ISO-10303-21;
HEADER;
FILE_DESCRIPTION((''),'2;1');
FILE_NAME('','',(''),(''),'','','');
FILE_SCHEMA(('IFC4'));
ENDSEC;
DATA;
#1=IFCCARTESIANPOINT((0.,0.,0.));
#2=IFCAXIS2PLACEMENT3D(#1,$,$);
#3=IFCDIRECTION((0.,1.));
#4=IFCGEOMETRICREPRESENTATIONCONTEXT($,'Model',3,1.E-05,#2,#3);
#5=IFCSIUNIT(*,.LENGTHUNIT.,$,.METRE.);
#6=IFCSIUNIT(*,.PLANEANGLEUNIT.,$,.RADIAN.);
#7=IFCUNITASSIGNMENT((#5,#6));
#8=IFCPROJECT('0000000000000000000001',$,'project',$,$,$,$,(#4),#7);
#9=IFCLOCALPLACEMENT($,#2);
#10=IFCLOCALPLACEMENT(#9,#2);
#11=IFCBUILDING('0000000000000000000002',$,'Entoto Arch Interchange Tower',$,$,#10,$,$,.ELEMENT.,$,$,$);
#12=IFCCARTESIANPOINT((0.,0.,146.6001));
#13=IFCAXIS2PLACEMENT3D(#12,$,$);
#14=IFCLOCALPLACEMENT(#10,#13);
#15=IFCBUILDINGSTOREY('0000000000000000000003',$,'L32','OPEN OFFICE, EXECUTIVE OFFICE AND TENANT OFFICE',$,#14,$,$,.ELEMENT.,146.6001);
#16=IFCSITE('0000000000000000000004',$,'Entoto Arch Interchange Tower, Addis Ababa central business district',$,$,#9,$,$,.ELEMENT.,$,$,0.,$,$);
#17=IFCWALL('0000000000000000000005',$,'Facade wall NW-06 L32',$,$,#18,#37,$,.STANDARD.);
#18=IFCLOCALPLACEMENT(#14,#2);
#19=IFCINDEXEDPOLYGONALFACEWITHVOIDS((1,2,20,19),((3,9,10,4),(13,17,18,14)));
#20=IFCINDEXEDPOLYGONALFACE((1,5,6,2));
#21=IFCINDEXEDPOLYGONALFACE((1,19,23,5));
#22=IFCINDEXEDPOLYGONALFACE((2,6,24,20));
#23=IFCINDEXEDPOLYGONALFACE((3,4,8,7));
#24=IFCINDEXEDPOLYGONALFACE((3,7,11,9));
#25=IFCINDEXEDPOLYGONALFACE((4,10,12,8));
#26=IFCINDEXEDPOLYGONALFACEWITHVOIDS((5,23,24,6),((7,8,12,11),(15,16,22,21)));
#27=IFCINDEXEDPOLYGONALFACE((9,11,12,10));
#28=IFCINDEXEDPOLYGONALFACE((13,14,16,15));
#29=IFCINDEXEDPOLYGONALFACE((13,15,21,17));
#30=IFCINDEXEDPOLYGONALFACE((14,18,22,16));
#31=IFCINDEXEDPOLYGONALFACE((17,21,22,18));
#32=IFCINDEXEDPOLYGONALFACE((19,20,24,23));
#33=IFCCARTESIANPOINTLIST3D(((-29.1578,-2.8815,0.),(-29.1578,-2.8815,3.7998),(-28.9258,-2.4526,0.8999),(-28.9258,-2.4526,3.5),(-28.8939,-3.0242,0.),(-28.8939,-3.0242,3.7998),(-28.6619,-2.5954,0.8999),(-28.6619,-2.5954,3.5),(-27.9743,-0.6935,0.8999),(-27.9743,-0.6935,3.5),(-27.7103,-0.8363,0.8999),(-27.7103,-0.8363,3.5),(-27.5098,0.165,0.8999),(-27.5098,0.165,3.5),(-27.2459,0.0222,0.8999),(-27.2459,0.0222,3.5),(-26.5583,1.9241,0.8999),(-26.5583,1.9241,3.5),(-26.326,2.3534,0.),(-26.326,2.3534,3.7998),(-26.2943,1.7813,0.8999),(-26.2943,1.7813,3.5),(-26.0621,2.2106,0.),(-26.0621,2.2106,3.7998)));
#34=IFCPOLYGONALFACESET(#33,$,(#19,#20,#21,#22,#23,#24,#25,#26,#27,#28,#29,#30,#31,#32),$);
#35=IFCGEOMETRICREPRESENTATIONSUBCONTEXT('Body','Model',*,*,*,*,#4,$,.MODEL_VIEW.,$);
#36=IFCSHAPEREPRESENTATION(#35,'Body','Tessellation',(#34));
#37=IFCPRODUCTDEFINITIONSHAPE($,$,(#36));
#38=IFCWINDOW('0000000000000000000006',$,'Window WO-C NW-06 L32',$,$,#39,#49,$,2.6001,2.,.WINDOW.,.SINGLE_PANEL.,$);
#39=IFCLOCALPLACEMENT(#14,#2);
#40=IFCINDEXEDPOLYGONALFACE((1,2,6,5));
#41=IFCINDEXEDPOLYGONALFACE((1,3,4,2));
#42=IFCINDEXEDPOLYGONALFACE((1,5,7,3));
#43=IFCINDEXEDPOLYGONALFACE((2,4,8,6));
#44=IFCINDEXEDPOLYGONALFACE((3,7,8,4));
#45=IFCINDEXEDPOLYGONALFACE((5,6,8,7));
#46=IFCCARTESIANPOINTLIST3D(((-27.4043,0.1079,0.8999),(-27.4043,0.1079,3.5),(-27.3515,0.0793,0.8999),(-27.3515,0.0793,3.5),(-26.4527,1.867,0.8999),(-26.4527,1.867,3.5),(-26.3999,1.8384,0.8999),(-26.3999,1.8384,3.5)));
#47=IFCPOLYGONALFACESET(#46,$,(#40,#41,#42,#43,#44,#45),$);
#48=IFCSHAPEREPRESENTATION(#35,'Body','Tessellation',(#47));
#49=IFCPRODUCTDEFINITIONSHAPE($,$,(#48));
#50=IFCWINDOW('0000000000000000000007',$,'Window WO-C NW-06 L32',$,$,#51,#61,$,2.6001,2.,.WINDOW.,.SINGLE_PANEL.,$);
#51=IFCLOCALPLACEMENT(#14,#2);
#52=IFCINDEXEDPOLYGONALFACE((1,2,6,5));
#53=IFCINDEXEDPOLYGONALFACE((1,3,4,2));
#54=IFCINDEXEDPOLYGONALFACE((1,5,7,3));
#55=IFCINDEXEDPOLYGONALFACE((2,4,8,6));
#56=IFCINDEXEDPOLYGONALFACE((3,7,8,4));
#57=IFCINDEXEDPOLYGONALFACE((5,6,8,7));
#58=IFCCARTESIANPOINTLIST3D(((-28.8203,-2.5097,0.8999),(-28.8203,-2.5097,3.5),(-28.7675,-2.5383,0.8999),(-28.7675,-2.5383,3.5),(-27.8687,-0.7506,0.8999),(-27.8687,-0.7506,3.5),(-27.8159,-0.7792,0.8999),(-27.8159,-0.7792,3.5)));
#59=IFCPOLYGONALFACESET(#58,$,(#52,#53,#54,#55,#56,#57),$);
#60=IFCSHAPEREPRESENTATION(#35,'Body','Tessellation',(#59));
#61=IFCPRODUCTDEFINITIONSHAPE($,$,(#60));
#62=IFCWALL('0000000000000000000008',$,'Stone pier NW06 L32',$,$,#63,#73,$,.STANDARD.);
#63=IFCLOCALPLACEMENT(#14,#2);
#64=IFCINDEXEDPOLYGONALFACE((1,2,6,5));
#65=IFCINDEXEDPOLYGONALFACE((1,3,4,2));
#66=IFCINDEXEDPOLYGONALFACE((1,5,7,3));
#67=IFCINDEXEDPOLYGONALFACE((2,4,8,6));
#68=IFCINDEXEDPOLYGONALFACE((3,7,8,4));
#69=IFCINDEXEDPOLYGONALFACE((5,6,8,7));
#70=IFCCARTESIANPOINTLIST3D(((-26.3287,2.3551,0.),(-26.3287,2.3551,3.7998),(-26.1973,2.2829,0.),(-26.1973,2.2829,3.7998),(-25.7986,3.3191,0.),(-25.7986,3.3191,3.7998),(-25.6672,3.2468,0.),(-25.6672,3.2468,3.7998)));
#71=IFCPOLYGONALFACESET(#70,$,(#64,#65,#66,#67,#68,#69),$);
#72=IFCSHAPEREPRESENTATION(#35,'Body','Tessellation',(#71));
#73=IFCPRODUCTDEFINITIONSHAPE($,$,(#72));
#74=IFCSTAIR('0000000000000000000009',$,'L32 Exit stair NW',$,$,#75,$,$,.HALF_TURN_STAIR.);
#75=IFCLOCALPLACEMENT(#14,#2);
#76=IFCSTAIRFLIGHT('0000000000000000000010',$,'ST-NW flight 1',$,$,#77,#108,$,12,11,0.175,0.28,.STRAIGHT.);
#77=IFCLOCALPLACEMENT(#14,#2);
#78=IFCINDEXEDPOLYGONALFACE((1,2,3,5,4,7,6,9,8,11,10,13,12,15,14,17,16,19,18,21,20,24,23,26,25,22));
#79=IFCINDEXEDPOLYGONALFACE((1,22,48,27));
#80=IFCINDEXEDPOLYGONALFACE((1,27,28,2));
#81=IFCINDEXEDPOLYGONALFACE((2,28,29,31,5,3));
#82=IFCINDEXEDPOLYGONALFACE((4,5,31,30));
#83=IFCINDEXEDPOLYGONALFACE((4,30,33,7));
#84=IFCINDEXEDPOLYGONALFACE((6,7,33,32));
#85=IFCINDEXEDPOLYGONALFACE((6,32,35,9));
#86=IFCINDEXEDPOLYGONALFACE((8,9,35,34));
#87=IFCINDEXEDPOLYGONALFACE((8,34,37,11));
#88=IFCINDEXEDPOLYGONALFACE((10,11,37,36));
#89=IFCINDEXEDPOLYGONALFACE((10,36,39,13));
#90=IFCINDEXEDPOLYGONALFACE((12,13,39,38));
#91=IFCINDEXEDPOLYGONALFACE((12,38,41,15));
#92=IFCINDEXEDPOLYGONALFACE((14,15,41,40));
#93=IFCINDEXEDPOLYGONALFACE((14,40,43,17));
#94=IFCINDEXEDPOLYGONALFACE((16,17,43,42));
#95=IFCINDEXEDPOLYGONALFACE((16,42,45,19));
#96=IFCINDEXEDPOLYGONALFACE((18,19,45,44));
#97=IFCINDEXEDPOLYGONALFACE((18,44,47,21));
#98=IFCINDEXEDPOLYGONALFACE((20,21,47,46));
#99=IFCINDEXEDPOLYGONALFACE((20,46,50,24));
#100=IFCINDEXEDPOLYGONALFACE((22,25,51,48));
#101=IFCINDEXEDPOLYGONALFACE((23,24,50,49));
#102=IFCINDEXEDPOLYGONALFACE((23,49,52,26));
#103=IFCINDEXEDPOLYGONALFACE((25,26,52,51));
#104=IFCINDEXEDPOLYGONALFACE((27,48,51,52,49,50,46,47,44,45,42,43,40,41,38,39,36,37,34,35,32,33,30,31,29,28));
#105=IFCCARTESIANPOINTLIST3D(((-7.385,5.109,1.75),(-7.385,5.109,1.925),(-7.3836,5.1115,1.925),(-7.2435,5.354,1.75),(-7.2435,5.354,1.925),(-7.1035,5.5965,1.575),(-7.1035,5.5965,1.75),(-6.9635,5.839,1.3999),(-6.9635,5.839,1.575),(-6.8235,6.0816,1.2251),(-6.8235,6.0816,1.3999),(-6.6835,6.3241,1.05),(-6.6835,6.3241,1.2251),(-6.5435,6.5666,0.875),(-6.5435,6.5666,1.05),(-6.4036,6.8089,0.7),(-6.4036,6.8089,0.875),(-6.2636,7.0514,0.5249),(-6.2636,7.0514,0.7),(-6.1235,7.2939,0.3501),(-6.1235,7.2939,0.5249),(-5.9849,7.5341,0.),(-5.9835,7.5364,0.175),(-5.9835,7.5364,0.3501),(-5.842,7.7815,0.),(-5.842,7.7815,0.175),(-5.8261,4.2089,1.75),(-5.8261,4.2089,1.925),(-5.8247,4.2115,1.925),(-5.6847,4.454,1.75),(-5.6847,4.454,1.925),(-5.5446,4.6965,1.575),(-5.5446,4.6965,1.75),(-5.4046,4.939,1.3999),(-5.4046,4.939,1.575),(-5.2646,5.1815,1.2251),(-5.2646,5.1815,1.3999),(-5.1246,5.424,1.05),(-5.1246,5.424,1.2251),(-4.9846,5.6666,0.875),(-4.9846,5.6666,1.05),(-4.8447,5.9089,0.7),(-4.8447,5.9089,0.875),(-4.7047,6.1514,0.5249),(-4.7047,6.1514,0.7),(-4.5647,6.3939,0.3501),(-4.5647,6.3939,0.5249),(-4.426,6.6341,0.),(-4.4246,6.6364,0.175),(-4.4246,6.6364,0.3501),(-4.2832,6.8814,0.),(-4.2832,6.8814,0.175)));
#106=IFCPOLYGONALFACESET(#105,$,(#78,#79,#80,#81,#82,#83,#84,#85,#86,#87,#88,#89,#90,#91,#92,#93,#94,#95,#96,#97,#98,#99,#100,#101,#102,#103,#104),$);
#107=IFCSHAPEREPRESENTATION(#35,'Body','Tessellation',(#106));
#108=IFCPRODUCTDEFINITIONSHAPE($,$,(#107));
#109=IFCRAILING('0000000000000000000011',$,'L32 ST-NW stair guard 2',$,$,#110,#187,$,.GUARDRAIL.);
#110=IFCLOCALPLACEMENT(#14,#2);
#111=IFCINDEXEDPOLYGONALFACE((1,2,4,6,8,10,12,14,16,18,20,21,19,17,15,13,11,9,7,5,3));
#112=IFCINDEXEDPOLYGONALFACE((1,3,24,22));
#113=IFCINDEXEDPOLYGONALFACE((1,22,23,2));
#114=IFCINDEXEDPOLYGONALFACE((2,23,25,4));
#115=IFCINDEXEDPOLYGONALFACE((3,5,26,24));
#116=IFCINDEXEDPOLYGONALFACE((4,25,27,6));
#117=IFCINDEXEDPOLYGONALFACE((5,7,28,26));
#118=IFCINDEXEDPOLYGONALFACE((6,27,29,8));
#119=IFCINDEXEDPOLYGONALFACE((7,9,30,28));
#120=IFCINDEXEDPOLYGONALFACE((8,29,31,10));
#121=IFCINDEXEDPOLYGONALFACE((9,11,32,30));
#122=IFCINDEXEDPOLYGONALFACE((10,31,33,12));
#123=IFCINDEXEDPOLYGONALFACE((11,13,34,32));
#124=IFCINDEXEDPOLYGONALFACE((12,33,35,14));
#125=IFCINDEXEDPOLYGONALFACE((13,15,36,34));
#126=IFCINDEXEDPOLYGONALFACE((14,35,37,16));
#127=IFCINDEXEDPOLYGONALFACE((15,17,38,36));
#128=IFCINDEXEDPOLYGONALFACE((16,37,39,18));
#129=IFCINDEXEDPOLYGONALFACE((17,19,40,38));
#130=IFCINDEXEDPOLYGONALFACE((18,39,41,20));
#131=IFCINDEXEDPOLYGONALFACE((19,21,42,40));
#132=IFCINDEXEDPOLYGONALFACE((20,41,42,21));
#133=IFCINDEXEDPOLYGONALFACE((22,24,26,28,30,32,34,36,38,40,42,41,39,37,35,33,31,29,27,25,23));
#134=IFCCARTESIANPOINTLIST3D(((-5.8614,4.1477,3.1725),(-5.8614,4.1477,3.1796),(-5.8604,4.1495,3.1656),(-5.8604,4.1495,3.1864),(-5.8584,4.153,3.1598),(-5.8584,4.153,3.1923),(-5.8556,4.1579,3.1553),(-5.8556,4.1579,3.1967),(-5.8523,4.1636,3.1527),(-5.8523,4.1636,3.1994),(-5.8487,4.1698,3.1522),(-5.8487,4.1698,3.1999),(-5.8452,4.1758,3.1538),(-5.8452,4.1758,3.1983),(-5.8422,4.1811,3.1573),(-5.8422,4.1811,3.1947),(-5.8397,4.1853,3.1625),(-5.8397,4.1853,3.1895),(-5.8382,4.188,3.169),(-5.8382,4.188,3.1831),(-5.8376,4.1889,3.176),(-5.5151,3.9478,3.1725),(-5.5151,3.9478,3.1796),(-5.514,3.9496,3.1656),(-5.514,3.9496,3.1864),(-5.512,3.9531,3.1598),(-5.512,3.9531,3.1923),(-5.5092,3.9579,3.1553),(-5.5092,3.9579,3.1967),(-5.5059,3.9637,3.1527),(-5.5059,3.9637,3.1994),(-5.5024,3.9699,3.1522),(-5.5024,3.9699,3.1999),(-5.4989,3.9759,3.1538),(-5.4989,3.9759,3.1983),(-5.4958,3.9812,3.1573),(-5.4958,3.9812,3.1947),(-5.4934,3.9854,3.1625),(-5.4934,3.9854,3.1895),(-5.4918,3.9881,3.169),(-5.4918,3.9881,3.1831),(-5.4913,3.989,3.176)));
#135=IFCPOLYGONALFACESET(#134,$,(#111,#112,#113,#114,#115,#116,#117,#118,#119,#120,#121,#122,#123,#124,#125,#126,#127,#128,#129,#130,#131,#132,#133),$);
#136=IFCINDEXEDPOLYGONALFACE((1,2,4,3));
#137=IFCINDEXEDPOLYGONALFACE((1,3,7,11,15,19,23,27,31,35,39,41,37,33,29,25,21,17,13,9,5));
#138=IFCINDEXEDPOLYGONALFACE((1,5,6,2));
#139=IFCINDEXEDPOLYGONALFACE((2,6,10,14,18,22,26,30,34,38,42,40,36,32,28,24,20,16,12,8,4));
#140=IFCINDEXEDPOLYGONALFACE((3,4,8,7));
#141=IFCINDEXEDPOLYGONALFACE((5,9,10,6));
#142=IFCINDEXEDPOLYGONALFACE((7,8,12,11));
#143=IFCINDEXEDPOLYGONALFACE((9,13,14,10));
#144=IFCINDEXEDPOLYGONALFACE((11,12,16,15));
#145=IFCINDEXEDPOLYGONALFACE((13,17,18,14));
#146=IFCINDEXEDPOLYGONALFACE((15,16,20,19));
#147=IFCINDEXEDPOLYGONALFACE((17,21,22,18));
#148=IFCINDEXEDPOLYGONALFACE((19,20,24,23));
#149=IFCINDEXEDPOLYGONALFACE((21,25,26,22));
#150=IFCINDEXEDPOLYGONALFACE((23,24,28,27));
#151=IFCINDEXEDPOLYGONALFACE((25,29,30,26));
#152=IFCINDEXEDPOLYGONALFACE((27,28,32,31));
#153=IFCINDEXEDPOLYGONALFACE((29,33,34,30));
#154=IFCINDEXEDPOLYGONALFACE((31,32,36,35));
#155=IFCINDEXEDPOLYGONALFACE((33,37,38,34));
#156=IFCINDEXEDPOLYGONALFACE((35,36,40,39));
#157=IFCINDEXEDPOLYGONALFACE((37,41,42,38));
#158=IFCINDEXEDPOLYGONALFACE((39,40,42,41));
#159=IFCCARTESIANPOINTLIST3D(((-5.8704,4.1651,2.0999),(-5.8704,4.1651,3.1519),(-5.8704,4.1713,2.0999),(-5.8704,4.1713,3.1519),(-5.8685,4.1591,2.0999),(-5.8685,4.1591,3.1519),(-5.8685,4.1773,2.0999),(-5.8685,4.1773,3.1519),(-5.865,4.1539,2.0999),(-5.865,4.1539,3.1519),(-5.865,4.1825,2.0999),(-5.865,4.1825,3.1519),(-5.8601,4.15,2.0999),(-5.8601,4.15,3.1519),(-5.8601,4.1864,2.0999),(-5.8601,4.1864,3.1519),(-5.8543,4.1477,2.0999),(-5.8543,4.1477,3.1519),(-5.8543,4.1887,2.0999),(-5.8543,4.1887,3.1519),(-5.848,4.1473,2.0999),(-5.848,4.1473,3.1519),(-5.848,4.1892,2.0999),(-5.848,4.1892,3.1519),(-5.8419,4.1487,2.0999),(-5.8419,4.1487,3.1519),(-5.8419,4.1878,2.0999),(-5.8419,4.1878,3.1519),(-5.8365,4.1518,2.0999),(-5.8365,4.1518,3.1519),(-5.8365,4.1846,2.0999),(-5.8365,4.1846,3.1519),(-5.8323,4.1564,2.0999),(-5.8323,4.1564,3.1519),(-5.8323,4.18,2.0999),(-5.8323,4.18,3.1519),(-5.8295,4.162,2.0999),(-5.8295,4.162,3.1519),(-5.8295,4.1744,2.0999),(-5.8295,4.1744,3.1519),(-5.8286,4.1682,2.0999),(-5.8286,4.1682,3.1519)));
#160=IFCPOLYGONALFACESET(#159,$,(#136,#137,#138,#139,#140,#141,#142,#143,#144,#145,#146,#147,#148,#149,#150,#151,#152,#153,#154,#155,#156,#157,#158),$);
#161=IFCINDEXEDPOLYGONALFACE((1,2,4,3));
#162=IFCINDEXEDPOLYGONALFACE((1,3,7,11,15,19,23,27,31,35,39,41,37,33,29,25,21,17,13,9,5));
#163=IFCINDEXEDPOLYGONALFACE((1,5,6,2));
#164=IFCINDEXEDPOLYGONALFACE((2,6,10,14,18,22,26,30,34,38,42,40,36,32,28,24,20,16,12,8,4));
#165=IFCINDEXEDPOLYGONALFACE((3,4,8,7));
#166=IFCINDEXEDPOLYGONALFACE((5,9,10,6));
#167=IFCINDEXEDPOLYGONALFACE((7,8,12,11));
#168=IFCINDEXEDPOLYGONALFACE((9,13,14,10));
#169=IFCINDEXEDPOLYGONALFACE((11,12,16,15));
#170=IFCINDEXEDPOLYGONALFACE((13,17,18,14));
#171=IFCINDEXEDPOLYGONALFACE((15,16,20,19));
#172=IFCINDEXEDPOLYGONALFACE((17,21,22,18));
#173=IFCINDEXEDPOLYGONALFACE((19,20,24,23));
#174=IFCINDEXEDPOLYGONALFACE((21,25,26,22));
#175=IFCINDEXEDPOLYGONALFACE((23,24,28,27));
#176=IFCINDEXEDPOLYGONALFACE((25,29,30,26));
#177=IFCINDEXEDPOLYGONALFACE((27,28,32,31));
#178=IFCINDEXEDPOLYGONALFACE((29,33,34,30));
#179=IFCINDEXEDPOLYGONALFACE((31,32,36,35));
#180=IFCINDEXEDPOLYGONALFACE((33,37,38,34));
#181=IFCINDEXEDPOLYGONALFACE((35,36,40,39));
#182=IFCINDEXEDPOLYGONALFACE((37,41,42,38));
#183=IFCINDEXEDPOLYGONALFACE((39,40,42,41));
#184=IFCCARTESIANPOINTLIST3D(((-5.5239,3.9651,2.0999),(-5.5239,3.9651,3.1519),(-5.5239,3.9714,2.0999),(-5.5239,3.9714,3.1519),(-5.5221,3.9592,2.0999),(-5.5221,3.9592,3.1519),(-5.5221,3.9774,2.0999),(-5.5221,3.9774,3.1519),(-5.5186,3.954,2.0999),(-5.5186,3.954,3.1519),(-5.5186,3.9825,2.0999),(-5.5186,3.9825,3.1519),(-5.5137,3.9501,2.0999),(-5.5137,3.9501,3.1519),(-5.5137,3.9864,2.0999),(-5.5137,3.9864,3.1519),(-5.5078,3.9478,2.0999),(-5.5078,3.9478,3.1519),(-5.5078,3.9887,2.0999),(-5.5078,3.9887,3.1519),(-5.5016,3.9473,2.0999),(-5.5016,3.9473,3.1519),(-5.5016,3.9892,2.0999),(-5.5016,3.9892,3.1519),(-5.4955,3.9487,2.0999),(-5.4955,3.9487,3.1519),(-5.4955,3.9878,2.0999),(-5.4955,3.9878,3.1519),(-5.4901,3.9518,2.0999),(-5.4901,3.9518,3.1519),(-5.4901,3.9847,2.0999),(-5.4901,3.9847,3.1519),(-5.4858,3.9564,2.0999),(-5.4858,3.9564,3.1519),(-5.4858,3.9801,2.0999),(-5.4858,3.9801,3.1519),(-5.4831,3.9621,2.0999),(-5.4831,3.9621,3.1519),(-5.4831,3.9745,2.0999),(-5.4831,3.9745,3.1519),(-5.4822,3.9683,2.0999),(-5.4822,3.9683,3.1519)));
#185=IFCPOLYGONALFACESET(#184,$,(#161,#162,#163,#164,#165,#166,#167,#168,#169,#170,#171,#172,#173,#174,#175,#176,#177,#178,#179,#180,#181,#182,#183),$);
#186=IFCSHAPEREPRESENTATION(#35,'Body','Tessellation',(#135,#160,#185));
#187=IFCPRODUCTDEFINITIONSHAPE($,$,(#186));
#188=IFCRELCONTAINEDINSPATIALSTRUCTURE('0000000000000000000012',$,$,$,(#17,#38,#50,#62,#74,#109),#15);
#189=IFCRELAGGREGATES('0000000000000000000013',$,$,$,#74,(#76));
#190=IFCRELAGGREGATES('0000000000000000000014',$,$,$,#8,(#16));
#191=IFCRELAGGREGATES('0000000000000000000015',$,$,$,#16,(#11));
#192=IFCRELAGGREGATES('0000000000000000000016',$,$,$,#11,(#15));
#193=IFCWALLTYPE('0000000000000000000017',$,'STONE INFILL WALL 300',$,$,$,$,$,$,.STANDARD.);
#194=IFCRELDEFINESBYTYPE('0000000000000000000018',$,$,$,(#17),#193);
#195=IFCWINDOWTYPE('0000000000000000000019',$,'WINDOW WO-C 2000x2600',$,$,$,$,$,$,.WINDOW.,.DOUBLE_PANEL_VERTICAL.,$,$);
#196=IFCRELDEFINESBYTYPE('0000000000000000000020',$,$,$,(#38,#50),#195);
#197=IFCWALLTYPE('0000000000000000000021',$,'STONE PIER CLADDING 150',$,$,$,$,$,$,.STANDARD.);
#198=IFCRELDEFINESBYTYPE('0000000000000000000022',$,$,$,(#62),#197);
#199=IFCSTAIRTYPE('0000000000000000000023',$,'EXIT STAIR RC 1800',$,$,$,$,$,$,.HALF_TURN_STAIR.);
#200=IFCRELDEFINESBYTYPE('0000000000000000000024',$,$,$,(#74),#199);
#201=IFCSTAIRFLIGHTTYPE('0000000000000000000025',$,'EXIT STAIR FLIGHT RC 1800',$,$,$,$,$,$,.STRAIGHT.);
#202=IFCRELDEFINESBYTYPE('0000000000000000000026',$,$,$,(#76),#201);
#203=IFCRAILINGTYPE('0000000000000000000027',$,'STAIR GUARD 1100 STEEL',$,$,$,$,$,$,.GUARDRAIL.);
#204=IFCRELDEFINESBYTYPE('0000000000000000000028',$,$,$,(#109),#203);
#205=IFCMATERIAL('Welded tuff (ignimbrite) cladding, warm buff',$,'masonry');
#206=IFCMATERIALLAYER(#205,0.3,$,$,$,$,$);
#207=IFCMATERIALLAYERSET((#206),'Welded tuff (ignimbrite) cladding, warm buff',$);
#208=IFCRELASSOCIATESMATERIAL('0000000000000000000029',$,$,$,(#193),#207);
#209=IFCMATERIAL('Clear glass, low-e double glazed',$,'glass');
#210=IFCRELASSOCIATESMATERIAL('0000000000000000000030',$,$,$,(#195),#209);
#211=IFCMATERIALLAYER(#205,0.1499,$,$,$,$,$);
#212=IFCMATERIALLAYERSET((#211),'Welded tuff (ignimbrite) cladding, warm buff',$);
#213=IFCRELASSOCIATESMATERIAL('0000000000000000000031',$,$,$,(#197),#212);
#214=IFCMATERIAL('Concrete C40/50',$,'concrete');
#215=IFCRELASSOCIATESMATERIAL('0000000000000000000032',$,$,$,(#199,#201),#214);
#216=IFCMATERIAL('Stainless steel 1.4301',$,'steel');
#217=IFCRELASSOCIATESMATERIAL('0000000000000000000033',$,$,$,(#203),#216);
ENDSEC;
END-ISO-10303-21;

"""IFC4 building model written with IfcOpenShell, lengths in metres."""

from ifc_helpers import new_model, si_unit, direction, frame, frame_2d, origin, origin_2d, place, context, subcontext, project, spatial, polyline, rectangle, circle, outline, extrude, material, layer, layer_set, type_object, element, fill, aggregate, save


model = new_model("IFC4")

# Units and contexts
model_context = context("Model", 3, precision=1e-05, world=origin(), true_north=direction((0.0, 1.0)))
body_context = subcontext(model_context, "Body", "Model", "MODEL_VIEW")
ifc_project = project(units=[si_unit("LENGTHUNIT", "METRE"), si_unit("PLANEANGLEUNIT", "RADIAN")], contexts=[model_context])

# Site, building, storey
site_placement = place(None, origin())
site = spatial("IfcSite", under=ifc_project, at=site_placement, Name="Entoto Arch Interchange Tower, Addis Ababa central business district", CompositionType="ELEMENT", RefElevation=0.0)
building_placement = place(site_placement, origin())
building = spatial("IfcBuilding", under=site, at=building_placement, Name="Entoto Arch Interchange Tower", CompositionType="ELEMENT")
storey_placement = place(building_placement, frame((0.0, 0.0, 146.6001)))
storey = spatial("IfcBuildingStorey", under=building, at=storey_placement, Name="L32", Description="OPEN OFFICE, EXECUTIVE OFFICE AND TENANT OFFICE", CompositionType="ELEMENT", Elevation=146.6001)

# Shared definitions
ifc_material_1 = material(Name="Concrete C40/50", Category="concrete")

# Wall, openings, windows
ifc_material_2 = material(Name="Welded tuff (ignimbrite) cladding, warm buff", Category="masonry")
ifc_layer_1 = layer(ifc_material_2, 0.3)
ifc_layer_set_1 = layer_set([ifc_layer_1], Name="Welded tuff (ignimbrite) cladding, warm buff")
wall_type_1 = type_object("IfcWallType", Name="STONE INFILL WALL 300", PredefinedType="STANDARD", material=ifc_layer_set_1)
wall_1_placement = place(storey_placement, frame((-26.1941, 2.282, 0.0), z_axis=(0.0, 0.0, 1.0), x_axis=(-0.475794, -0.879557, 0.0)))
wall_1 = element("IfcWall", 1, at=wall_1_placement, inside=storey, type_object=wall_type_1, Name="Facade wall NW-06 L32", PredefinedType="STANDARD", context=body_context, shape_type="SweptSolid", body=[
    extrude(rectangle(XDim=5.9517, YDim=0.3, at=frame_2d((2.9758, 0.0))), origin(), (0.0, 0.0, 1.0), 3.7998),
])
opening_1_placement = place(wall_1_placement, frame((0.488, 0.0, 0.8999)))
opening_1 = element("IfcOpeningElement", 2, at=opening_1_placement, cuts=wall_1, PredefinedType="OPENING", context=body_context, shape_type="SweptSolid", body=[
    extrude(rectangle(XDim=2.0, YDim=2.6001, at=frame_2d((1.0, 1.3))), frame((0.0, 0.1602, 0.0), z_axis=(0.0, -1.0, 0.0), x_axis=(1.0, 0.0, 0.0)), (0.0, 0.0, 1.0), 0.3201),
])
opening_2_placement = place(wall_1_placement, frame((3.4641, 0.0, 0.8999)))
opening_2 = element("IfcOpeningElement", 3, at=opening_2_placement, cuts=wall_1, PredefinedType="OPENING", context=body_context, shape_type="SweptSolid", body=[
    extrude(rectangle(XDim=2.0, YDim=2.6001, at=frame_2d((1.0, 1.3))), frame((0.0, 0.1602, 0.0), z_axis=(0.0, -1.0, 0.0), x_axis=(1.0, 0.0, 0.0)), (0.0, 0.0, 1.0), 0.3201),
])
ifc_material_3 = material(Name="Clear glass, low-e double glazed", Category="glass")
window_type = type_object("IfcWindowType", Name="WINDOW WO-C 2000x2600", PartitioningType="DOUBLE_PANEL_VERTICAL", PredefinedType="WINDOW", material=ifc_material_3)
window_1_placement = place(opening_1_placement, origin())
window_1 = element("IfcWindow", 4, at=window_1_placement, inside=storey, type_object=window_type, Name="Window WO-C NW-06 L32", OverallHeight=2.6001, OverallWidth=2.0, PartitioningType="SINGLE_PANEL", PredefinedType="WINDOW", context=body_context, shape_type="SweptSolid", body=[
    extrude(rectangle(XDim=2.0, YDim=2.6001, at=frame_2d((1.0, 1.3))), frame((0.0, 0.03, 0.0), z_axis=(0.0, -1.0, 0.0), x_axis=(1.0, 0.0, 0.0)), (0.0, 0.0, 1.0), 0.0601),
])
fill(opening_1, window_1)
window_2_placement = place(opening_2_placement, origin())
window_2 = element("IfcWindow", 5, at=window_2_placement, inside=storey, type_object=window_type, Name="Window WO-C NW-06 L32", OverallHeight=2.6001, OverallWidth=2.0, PartitioningType="SINGLE_PANEL", PredefinedType="WINDOW", context=body_context, shape_type="SweptSolid", body=[
    extrude(rectangle(XDim=2.0, YDim=2.6001, at=frame_2d((1.0, 1.3))), frame((0.0, 0.03, 0.0), z_axis=(0.0, -1.0, 0.0), x_axis=(1.0, 0.0, 0.0)), (0.0, 0.0, 1.0), 0.0601),
])
fill(opening_2, window_2)

# Wall
ifc_layer_2 = layer(ifc_material_2, 0.1499)
ifc_layer_set_2 = layer_set([ifc_layer_2], Name="Welded tuff (ignimbrite) cladding, warm buff")
wall_type_2 = type_object("IfcWallType", Name="STONE PIER CLADDING 150", PredefinedType="STANDARD", material=ifc_layer_set_2)
wall_2_placement = place(storey_placement, frame((-25.7329, 3.283, 0.0), z_axis=(0.0, 0.0, 1.0), x_axis=(-0.481851, -0.876253, 0.0)))
element("IfcWall", 6, at=wall_2_placement, inside=storey, type_object=wall_type_2, Name="Stone pier NW06 L32", PredefinedType="STANDARD", context=body_context, shape_type="SweptSolid", body=[
    extrude(rectangle(XDim=1.1001, YDim=0.1499, at=frame_2d((0.55, 0.0))), origin(), (0.0, 0.0, 1.0), 3.7998),
])

# Stair, stair flight
stair_type = type_object("IfcStairType", Name="EXIT STAIR RC 1800", PredefinedType="HALF_TURN_STAIR", material=ifc_material_1)
stair_placement = place(storey_placement, origin())
stair = element("IfcStair", 7, at=stair_placement, inside=storey, type_object=stair_type, Name="L32 Exit stair NW", PredefinedType="HALF_TURN_STAIR")
stair_flight_type = type_object("IfcStairFlightType", Name="EXIT STAIR FLIGHT RC 1800", PredefinedType="STRAIGHT", material=ifc_material_1)
stair_flight_placement = place(storey_placement, frame((-5.064, 7.3289, 0.0), z_axis=(0.0, 0.0, 1.0), x_axis=(-0.5, -0.866025, 0.0)))
stair_flight = element("IfcStairFlight", 8, at=stair_flight_placement, type_object=stair_flight_type, Name="ST-NW flight 1", NumberOfRisers=12, NumberOfTreads=11, PredefinedType="STRAIGHT", RiserHeight=0.175, TreadLength=0.28, context=body_context, shape_type="SweptSolid", body=[
    extrude(outline(polyline([(-0.0029, 0.0), (-0.0029, 0.175), (0.28, 0.175), (0.28, 0.3501), (0.5601, 0.3501), (0.5601, 0.5249), (0.8401, 0.5249), (0.8401, 0.7), (1.1201, 0.7), (1.1201, 0.875), (1.3999, 0.875), (1.3999, 1.05), (1.6799, 1.05), (1.6799, 1.2251), (1.96, 1.2251), (1.96, 1.3999), (2.24, 1.3999), (2.24, 1.575), (2.52, 1.575), (2.52, 1.75), (2.8, 1.75), (2.8, 1.925), (3.0801, 1.925), (3.083, 1.925), (3.083, 1.75), (0.2827, 0.0), (-0.0029, 0.0)])), frame((0.0, 0.8999, 0.0), z_axis=(0.0, -1.0, 0.0), x_axis=(1.0, 0.0, 0.0)), (0.0, 0.0, 1.0), 1.8),
])
aggregate(stair, [stair_flight])

# Railing
ifc_material_4 = material(Name="Stainless steel 1.4301", Category="steel")
railing_type_1 = type_object("IfcRailingType", Name="STAIR GUARD 1100 STEEL", PredefinedType="GUARDRAIL", material=ifc_material_4)
railing_1_placement = place(storey_placement, frame((-5.8496, 4.1682, 2.0999)))
element("IfcRailing", 9, at=railing_1_placement, inside=storey, type_object=railing_type_1, Name="L32 ST-NW stair guard 2", PredefinedType="GUARDRAIL", context=body_context, shape_type="SweptSolid", body=[
    extrude(circle(Radius=0.0239, at=origin_2d()), frame((0.0, 0.0, 1.0762), z_axis=(0.866094, -0.499881, 0.0), x_axis=(0.499881, 0.866094, 0.0)), (0.0, 0.0, 1.0), 0.3999),
    extrude(circle(Radius=0.021, at=origin_2d()), origin(), (0.0, 0.0, 1.0), 1.052),
    extrude(circle(Radius=0.021, at=origin_2d()), frame((0.3464, -0.2, 0.0)), (0.0, 0.0, 1.0), 1.052),
])

save(model, "model.ifc")
